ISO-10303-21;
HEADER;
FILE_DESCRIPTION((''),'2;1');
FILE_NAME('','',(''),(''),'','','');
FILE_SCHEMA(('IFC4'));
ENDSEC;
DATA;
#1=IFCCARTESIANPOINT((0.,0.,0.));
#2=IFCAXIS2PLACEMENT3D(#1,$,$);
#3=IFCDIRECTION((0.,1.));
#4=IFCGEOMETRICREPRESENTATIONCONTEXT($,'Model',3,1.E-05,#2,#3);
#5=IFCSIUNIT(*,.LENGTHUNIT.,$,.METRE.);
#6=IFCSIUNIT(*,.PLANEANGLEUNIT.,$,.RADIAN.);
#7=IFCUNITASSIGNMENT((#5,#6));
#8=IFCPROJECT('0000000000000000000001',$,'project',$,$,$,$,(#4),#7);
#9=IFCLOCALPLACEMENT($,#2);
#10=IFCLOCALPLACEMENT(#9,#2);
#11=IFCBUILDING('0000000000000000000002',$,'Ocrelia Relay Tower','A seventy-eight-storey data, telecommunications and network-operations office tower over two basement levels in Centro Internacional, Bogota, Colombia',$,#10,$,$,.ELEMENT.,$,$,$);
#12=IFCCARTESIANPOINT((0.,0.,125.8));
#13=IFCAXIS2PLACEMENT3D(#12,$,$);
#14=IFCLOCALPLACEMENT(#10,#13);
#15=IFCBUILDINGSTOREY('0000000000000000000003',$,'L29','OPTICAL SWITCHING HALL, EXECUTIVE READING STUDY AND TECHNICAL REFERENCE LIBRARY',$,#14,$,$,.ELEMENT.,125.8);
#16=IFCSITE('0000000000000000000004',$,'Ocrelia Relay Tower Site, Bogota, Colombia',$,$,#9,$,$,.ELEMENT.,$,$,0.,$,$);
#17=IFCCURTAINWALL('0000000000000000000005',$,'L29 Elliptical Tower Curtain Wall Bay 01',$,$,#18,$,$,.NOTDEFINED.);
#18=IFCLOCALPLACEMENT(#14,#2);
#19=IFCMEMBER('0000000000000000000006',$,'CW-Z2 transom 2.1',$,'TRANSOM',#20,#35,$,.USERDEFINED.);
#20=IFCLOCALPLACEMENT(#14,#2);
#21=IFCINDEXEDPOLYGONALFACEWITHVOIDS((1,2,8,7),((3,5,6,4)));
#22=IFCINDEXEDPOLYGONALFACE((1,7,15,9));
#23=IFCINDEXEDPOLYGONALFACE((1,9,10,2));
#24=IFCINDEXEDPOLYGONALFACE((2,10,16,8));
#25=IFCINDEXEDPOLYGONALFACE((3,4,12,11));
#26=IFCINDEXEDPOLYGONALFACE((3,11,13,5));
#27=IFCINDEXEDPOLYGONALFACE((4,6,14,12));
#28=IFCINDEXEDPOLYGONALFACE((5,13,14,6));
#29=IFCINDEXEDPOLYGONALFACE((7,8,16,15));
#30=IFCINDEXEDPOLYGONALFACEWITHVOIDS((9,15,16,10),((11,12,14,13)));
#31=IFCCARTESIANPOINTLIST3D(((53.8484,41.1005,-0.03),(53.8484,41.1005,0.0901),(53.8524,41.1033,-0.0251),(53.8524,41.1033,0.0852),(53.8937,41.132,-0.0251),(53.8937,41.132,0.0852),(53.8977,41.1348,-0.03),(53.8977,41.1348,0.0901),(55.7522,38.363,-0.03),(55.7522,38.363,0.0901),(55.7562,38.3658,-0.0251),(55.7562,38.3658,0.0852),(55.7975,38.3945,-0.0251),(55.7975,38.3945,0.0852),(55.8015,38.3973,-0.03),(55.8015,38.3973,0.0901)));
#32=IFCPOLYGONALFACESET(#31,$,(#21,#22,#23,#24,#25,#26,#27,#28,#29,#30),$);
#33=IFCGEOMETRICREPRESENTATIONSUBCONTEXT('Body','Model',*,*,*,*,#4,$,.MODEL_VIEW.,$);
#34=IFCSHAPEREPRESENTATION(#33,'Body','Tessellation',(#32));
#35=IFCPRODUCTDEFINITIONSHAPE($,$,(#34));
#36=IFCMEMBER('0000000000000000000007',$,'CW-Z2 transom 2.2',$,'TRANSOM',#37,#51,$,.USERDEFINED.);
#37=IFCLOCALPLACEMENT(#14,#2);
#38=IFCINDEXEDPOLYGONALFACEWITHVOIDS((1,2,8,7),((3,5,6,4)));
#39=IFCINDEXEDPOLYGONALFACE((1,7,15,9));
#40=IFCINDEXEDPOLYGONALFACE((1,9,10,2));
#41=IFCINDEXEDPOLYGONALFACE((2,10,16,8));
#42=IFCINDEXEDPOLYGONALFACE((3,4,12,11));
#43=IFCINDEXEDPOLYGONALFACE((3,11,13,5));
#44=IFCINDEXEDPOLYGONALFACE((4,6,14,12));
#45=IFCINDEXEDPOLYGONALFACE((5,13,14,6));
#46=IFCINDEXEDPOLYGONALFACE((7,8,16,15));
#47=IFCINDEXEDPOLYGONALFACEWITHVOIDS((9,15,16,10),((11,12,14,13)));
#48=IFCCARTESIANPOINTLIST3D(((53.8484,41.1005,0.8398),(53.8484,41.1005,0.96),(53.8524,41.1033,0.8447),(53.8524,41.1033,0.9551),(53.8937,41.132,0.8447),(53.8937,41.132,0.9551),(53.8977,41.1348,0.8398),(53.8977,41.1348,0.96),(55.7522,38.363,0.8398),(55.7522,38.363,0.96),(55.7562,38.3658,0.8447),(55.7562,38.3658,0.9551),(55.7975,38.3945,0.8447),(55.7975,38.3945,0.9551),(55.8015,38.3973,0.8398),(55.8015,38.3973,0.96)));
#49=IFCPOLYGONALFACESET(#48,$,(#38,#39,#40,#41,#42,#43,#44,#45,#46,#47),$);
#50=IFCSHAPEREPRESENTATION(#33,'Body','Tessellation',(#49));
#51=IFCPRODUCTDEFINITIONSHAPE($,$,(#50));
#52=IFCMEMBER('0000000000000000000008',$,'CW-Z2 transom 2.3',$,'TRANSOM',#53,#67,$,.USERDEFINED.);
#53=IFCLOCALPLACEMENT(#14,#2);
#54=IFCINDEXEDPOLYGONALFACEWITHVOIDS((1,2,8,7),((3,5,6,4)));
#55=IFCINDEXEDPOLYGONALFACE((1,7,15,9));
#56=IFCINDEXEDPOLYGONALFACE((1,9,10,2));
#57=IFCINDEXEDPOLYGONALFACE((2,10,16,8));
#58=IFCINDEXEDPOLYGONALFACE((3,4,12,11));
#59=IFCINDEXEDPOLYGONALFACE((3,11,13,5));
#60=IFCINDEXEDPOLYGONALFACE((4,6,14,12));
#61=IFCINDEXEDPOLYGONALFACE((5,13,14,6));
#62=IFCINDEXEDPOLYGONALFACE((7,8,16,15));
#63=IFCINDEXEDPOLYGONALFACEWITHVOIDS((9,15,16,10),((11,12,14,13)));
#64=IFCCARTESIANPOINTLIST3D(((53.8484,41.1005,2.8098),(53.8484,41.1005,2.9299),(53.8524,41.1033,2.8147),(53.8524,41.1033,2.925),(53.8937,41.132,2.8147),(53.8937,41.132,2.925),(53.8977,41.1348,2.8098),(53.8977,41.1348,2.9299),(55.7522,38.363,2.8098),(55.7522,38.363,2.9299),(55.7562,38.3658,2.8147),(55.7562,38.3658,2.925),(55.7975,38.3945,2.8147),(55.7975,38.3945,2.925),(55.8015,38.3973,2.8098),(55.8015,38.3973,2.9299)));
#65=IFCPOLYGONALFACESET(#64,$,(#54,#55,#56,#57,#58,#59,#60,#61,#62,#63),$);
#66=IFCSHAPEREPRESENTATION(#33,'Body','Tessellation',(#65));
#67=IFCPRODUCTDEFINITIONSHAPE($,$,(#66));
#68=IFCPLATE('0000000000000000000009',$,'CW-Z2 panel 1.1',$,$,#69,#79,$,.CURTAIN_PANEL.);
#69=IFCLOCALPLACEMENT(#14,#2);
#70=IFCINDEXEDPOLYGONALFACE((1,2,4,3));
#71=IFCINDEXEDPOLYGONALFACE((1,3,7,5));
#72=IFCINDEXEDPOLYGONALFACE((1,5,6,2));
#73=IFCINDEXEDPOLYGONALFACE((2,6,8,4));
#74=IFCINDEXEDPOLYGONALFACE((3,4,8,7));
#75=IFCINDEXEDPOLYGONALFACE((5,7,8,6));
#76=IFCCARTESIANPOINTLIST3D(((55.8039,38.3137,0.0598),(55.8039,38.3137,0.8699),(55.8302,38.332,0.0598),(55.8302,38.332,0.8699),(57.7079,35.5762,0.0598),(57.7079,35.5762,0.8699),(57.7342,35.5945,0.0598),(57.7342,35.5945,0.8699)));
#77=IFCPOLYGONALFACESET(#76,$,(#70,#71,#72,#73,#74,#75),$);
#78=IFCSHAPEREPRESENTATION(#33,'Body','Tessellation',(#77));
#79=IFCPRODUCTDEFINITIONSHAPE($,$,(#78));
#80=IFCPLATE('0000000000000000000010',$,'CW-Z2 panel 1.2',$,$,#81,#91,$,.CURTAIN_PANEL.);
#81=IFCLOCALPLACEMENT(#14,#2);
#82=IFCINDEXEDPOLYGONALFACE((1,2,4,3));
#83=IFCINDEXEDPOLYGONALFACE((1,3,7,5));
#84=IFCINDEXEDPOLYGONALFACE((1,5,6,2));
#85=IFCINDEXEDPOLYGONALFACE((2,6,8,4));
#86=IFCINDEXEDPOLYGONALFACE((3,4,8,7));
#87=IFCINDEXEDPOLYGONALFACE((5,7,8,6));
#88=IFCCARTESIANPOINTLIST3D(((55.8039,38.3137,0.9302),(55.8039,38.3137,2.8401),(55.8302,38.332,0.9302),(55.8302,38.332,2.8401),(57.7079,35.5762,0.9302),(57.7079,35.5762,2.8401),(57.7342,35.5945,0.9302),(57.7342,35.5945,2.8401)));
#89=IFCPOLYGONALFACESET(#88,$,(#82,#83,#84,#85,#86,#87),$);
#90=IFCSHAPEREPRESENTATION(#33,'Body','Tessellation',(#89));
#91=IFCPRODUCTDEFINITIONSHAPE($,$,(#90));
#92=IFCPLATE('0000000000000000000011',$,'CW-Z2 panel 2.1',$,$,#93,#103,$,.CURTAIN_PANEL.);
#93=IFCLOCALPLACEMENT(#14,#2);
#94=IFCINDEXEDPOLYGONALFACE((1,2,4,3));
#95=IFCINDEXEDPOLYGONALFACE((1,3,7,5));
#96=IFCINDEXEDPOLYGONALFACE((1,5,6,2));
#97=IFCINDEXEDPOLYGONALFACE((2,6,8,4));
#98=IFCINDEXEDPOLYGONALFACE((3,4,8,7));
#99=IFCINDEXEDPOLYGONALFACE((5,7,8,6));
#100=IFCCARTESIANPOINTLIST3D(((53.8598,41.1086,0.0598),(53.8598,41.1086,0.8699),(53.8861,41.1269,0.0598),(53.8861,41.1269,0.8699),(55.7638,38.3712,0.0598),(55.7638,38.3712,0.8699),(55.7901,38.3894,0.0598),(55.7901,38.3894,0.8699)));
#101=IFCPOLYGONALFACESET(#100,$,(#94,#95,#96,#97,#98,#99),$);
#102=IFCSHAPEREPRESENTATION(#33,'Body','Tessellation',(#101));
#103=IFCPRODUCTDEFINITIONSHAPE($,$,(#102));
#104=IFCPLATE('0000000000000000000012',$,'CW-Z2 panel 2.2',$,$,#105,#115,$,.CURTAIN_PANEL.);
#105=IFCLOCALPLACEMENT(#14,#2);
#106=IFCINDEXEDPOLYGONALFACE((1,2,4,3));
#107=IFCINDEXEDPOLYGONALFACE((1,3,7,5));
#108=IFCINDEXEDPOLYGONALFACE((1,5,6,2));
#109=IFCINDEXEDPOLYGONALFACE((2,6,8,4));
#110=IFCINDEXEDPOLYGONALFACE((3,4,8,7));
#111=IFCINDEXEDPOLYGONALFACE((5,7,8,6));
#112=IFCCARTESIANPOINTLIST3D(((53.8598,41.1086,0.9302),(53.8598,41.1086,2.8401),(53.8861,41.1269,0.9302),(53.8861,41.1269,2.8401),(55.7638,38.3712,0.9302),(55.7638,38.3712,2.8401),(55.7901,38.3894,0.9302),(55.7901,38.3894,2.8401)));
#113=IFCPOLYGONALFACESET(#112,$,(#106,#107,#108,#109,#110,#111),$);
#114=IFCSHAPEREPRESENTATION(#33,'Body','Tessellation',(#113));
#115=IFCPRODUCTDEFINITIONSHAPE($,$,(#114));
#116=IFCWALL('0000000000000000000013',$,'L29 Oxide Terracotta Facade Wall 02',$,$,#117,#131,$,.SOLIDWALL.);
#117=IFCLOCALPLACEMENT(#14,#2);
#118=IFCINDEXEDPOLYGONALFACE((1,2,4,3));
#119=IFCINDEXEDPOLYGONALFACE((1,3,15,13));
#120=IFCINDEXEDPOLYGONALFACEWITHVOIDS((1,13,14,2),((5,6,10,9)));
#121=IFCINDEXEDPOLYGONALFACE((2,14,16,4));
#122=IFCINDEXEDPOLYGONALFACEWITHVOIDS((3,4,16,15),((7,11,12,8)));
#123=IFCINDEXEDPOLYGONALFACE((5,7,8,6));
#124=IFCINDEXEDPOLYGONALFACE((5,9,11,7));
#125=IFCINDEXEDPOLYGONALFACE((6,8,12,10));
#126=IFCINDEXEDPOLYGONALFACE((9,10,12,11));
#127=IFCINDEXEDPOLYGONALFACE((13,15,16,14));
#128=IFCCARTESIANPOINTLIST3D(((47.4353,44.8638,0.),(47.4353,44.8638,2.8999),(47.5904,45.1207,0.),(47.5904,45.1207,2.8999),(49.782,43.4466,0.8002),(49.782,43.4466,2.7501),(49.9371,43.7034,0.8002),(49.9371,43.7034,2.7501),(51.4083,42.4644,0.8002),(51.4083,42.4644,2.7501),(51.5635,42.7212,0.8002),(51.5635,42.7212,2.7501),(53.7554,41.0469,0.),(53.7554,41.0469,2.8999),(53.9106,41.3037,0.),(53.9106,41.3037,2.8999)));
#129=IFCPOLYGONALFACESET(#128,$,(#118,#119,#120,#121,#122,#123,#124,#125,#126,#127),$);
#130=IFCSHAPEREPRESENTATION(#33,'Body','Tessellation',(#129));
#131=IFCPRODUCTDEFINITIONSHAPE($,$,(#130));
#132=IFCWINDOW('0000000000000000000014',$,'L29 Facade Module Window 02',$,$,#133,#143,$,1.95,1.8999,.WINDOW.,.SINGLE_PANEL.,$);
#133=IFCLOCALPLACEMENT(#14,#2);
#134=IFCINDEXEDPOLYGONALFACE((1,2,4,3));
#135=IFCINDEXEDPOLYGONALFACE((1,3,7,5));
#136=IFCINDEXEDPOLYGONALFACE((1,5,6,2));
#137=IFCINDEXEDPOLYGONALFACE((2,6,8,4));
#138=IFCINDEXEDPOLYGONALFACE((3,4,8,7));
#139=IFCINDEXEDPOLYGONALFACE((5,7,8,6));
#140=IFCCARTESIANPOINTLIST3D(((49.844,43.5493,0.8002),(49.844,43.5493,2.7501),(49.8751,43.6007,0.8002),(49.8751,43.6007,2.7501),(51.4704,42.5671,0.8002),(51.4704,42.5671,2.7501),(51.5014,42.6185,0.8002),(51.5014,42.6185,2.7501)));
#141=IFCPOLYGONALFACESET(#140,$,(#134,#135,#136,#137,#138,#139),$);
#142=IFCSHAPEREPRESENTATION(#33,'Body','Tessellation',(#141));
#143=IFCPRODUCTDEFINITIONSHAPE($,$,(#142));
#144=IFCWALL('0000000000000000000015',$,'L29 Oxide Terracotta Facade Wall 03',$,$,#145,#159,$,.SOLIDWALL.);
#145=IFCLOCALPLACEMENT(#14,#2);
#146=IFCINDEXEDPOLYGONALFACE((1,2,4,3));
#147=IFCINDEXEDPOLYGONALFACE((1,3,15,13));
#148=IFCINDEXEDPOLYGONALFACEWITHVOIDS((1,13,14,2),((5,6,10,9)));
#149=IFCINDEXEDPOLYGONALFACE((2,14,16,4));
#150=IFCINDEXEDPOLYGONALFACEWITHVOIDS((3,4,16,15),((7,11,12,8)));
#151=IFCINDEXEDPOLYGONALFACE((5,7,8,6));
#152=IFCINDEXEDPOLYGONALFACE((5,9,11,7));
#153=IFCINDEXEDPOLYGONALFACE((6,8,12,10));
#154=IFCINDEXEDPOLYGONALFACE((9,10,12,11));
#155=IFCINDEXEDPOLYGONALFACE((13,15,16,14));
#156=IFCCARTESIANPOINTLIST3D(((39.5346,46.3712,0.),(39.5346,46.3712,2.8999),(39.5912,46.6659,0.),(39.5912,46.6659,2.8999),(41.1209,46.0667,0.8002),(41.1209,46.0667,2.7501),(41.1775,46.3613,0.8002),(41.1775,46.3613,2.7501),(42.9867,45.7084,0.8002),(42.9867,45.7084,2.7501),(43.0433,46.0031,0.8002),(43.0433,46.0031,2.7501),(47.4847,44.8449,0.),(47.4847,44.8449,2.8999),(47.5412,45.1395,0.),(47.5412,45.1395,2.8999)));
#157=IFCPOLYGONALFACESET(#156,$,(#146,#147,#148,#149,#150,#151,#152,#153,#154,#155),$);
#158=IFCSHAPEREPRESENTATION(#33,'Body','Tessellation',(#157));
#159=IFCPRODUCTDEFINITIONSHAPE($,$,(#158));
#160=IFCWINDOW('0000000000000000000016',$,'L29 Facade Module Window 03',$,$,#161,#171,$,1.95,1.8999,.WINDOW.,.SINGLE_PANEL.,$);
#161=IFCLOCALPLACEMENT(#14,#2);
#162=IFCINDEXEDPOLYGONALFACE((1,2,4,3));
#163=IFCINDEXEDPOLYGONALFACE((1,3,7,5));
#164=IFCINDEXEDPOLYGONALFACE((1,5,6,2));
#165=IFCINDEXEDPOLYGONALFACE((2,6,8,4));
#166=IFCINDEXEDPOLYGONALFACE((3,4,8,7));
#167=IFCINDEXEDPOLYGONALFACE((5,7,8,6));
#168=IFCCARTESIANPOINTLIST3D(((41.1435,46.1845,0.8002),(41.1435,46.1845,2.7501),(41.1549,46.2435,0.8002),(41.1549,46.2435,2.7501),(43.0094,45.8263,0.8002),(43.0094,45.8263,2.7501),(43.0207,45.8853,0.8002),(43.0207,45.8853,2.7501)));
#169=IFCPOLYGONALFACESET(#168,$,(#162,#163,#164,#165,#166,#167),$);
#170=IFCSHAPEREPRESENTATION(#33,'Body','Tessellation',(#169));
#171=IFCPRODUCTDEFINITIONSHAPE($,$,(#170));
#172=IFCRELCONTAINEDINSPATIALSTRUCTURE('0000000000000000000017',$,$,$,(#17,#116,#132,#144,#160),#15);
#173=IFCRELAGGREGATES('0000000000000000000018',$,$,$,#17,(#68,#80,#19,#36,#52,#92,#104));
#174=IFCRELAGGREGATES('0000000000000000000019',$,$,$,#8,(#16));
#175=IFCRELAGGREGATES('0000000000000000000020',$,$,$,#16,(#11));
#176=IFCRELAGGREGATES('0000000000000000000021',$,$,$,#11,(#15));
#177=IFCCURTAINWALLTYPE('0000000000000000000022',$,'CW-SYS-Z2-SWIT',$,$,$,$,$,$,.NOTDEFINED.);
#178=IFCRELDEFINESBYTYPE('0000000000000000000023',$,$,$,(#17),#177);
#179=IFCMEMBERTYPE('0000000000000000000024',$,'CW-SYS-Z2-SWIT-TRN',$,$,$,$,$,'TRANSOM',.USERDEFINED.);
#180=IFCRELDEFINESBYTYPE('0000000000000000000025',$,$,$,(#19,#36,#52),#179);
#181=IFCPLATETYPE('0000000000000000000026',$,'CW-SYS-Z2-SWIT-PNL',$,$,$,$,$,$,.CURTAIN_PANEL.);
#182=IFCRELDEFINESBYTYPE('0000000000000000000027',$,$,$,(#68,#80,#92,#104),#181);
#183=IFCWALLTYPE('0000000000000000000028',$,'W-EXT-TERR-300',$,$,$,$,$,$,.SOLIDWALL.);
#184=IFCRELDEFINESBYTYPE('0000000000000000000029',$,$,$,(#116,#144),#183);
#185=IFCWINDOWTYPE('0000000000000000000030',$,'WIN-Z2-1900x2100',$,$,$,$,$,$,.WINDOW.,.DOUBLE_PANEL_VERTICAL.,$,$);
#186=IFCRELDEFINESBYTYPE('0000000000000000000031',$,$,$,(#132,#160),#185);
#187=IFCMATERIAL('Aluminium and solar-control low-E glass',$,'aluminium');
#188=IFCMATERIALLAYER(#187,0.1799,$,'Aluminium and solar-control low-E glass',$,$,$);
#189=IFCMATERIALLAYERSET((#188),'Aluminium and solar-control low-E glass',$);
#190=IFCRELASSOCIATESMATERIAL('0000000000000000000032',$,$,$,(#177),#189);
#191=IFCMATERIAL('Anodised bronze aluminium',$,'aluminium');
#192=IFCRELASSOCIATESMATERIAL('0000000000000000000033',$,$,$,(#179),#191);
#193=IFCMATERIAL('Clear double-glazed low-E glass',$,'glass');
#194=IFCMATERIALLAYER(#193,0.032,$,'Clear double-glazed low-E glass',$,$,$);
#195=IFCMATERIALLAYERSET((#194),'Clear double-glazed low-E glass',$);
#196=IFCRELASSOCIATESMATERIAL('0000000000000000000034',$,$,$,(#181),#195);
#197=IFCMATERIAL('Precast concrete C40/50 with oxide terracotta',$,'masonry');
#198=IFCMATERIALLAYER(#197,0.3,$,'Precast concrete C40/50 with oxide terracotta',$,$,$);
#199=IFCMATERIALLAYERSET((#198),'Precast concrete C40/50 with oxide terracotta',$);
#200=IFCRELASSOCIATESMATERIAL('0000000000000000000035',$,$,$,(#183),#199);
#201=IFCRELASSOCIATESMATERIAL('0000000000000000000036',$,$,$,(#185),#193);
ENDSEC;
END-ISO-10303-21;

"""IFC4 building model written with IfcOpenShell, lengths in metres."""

from ifc_helpers import new_model, si_unit, direction, frame, frame_2d, origin, origin_2d, place, context, subcontext, project, spatial, rectangle, hollow_rectangle, extrude, material, layer, layer_set, material_profile, profile_set, type_object, element, fill, aggregate, save


model = new_model("IFC4")

# Units and contexts
model_context = context("Model", 3, precision=1e-05, world=origin(), true_north=direction((0.0, 1.0)))
body_context = subcontext(model_context, "Body", "Model", "MODEL_VIEW")
ifc_project = project(units=[si_unit("LENGTHUNIT", "METRE"), si_unit("PLANEANGLEUNIT", "RADIAN")], contexts=[model_context])

# Site, building, storey
site_placement = place(None, origin())
site = spatial("IfcSite", under=ifc_project, at=site_placement, Name="Ocrelia Relay Tower Site, Bogota, Colombia", CompositionType="ELEMENT", RefElevation=0.0)
building_placement = place(site_placement, origin())
building = spatial("IfcBuilding", under=site, at=building_placement, Name="Ocrelia Relay Tower", Description="A seventy-eight-storey data, telecommunications and network-operations office tower over two basement levels in Centro Internacional, Bogota, Colombia", CompositionType="ELEMENT")
storey_placement = place(building_placement, frame((0.0, 0.0, 125.8)))
storey = spatial("IfcBuildingStorey", under=building, at=storey_placement, Name="L29", Description="OPTICAL SWITCHING HALL, EXECUTIVE READING STUDY AND TECHNICAL REFERENCE LIBRARY", CompositionType="ELEMENT", Elevation=125.8)

# Curtain wall, members, plates
ifc_material_1 = material(Name="Aluminium and solar-control low-E glass", Category="aluminium")
ifc_layer_1 = layer(ifc_material_1, 0.1799, Name="Aluminium and solar-control low-E glass")
ifc_layer_set_1 = layer_set([ifc_layer_1], Name="Aluminium and solar-control low-E glass")
curtain_wall_type = type_object("IfcCurtainWallType", Name="CW-SYS-Z2-SWIT", PredefinedType="NOTDEFINED", material=ifc_layer_set_1)
curtain_wall_placement = place(storey_placement, origin())
curtain_wall = element("IfcCurtainWall", 1, at=curtain_wall_placement, inside=storey, type_object=curtain_wall_type, Name="L29 Elliptical Tower Curtain Wall Bay 01", PredefinedType="NOTDEFINED")
ifc_material_2 = material(Name="Anodised bronze aluminium", Category="aluminium")
ifc_material_profile_1 = material_profile(ifc_material_2, hollow_rectangle(XDim=0.0601, YDim=0.1201, WallThickness=0.0049, at=origin_2d()), Name="CW-TRN-120x60")
ifc_profile_set_1 = profile_set([ifc_material_profile_1], Name="Anodised bronze aluminium")
member_type_1 = type_object("IfcMemberType", Name="CW-SYS-Z2-SWIT-TRN", ElementType="TRANSOM", PredefinedType="USERDEFINED", material=ifc_profile_set_1)
member_1_placement = place(storey_placement, frame((55.7769, 38.3801, 0.03), z_axis=(-0.570949, 0.820986, 0.0), x_axis=(-0.820986, -0.570949, 0.0)))
member_1 = element("IfcMember", 2, at=member_1_placement, type_object=member_type_1, Name="CW-Z2 transom 2.1", ObjectType="TRANSOM", PredefinedType="USERDEFINED", context=body_context, shape_type="SweptSolid", body=[
    extrude(hollow_rectangle(XDim=0.0601, YDim=0.1201, WallThickness=0.0049, at=origin_2d()), origin(), (0.0, 0.0, 1.0), 3.3345),
])
member_2_placement = place(storey_placement, frame((55.7769, 38.3801, 0.8999), z_axis=(-0.570949, 0.820986, 0.0), x_axis=(-0.820986, -0.570949, 0.0)))
member_2 = element("IfcMember", 3, at=member_2_placement, type_object=member_type_1, Name="CW-Z2 transom 2.2", ObjectType="TRANSOM", PredefinedType="USERDEFINED", context=body_context, shape_type="SweptSolid", body=[
    extrude(hollow_rectangle(XDim=0.0601, YDim=0.1201, WallThickness=0.0049, at=origin_2d()), origin(), (0.0, 0.0, 1.0), 3.3345),
])
member_3_placement = place(storey_placement, frame((55.7769, 38.3801, 2.8699), z_axis=(-0.570949, 0.820986, 0.0), x_axis=(-0.820986, -0.570949, 0.0)))
member_3 = element("IfcMember", 4, at=member_3_placement, type_object=member_type_1, Name="CW-Z2 transom 2.3", ObjectType="TRANSOM", PredefinedType="USERDEFINED", context=body_context, shape_type="SweptSolid", body=[
    extrude(hollow_rectangle(XDim=0.0601, YDim=0.1201, WallThickness=0.0049, at=origin_2d()), origin(), (0.0, 0.0, 1.0), 3.3345),
])
ifc_material_3 = material(Name="Clear double-glazed low-E glass", Category="glass")
ifc_layer_2 = layer(ifc_material_3, 0.032, Name="Clear double-glazed low-E glass")
ifc_layer_set_2 = layer_set([ifc_layer_2], Name="Clear double-glazed low-E glass")
plate_type = type_object("IfcPlateType", Name="CW-SYS-Z2-SWIT-PNL", PredefinedType="CURTAIN_PANEL", material=ifc_layer_set_2)
plate_1_placement = place(storey_placement, frame((56.769, 36.9541, 0.0598), z_axis=(0.0, 0.0, 1.0), x_axis=(-0.570993, 0.820955, 0.0)))
plate_1 = element("IfcPlate", 5, at=plate_1_placement, type_object=plate_type, Name="CW-Z2 panel 1.1", PredefinedType="CURTAIN_PANEL", context=body_context, shape_type="SweptSolid", body=[
    extrude(rectangle(XDim=3.3345, YDim=0.032, at=origin_2d()), origin(), (0.0, 0.0, 1.0), 0.8101),
])
plate_2_placement = place(storey_placement, frame((56.769, 36.9541, 0.9302), z_axis=(0.0, 0.0, 1.0), x_axis=(-0.570993, 0.820955, 0.0)))
plate_2 = element("IfcPlate", 6, at=plate_2_placement, type_object=plate_type, Name="CW-Z2 panel 1.2", PredefinedType="CURTAIN_PANEL", context=body_context, shape_type="SweptSolid", body=[
    extrude(rectangle(XDim=3.3345, YDim=0.032, at=origin_2d()), origin(), (0.0, 0.0, 1.0), 1.9099),
])
plate_3_placement = place(storey_placement, frame((54.825, 39.749, 0.0598), z_axis=(0.0, 0.0, 1.0), x_axis=(-0.570993, 0.820955, 0.0)))
plate_3 = element("IfcPlate", 7, at=plate_3_placement, type_object=plate_type, Name="CW-Z2 panel 2.1", PredefinedType="CURTAIN_PANEL", context=body_context, shape_type="SweptSolid", body=[
    extrude(rectangle(XDim=3.3345, YDim=0.032, at=origin_2d()), origin(), (0.0, 0.0, 1.0), 0.8101),
])
plate_4_placement = place(storey_placement, frame((54.825, 39.749, 0.9302), z_axis=(0.0, 0.0, 1.0), x_axis=(-0.570993, 0.820955, 0.0)))
plate_4 = element("IfcPlate", 8, at=plate_4_placement, type_object=plate_type, Name="CW-Z2 panel 2.2", PredefinedType="CURTAIN_PANEL", context=body_context, shape_type="SweptSolid", body=[
    extrude(rectangle(XDim=3.3345, YDim=0.032, at=origin_2d()), origin(), (0.0, 0.0, 1.0), 1.9099),
])
aggregate(curtain_wall, [plate_1, plate_2, member_1, member_2, member_3, plate_3, plate_4])

# Walls, openings, windows
ifc_material_4 = material(Name="Precast concrete C40/50 with oxide terracotta", Category="masonry")
ifc_layer_3 = layer(ifc_material_4, 0.3, Name="Precast concrete C40/50 with oxide terracotta")
ifc_layer_set_3 = layer_set([ifc_layer_3], Name="Precast concrete C40/50 with oxide terracotta")
wall_type = type_object("IfcWallType", Name="W-EXT-TERR-300", PredefinedType="SOLIDWALL", material=ifc_layer_set_3)
wall_1_placement = place(storey_placement, frame((53.833, 41.1753, 0.0), z_axis=(0.0, 0.0, 1.0), x_axis=(-0.856004, 0.516969, 0.0)))
wall_1 = element("IfcWall", 9, at=wall_1_placement, inside=storey, type_object=wall_type, Name="L29 Oxide Terracotta Facade Wall 02", PredefinedType="SOLIDWALL", context=body_context, shape_type="SweptSolid", body=[
    extrude(rectangle(XDim=7.3833, YDim=0.3, at=frame_2d((3.6917, 0.0))), origin(), (0.0, 0.0, 1.0), 2.8999),
])
opening_1_placement = place(wall_1_placement, frame((2.7419, 0.0, 0.8)))
opening_1 = element("IfcOpeningElement", 10, at=opening_1_placement, cuts=wall_1, PredefinedType="OPENING", context=body_context, shape_type="SweptSolid", body=[
    extrude(rectangle(XDim=1.8999, YDim=1.95, at=frame_2d((0.95, 0.9751))), frame((0.0, 0.1602, 0.0), z_axis=(0.0, -1.0, 0.0), x_axis=(1.0, 0.0, 0.0)), (0.0, 0.0, 1.0), 0.3201),
])
window_type = type_object("IfcWindowType", Name="WIN-Z2-1900x2100", PartitioningType="DOUBLE_PANEL_VERTICAL", PredefinedType="WINDOW", material=ifc_material_3)
window_1_placement = place(opening_1_placement, origin())
window_1 = element("IfcWindow", 11, at=window_1_placement, inside=storey, type_object=window_type, Name="L29 Facade Module Window 02", OverallHeight=1.95, OverallWidth=1.8999, PartitioningType="SINGLE_PANEL", PredefinedType="WINDOW", context=body_context, shape_type="SweptSolid", body=[
    extrude(rectangle(XDim=1.8999, YDim=1.95, at=frame_2d((0.95, 0.9751))), frame((0.0, 0.03, 0.0), z_axis=(0.0, -1.0, 0.0), x_axis=(1.0, 0.0, 0.0)), (0.0, 0.0, 1.0), 0.0601),
])
fill(opening_1, window_1)
wall_2_placement = place(storey_placement, frame((47.5129, 44.9922, 0.0), z_axis=(0.0, 0.0, 1.0), x_axis=(-0.982063, 0.188553, 0.0)))
wall_2 = element("IfcWall", 12, at=wall_2_placement, inside=storey, type_object=wall_type, Name="L29 Oxide Terracotta Facade Wall 03", PredefinedType="SOLIDWALL", context=body_context, shape_type="SweptSolid", body=[
    extrude(rectangle(XDim=8.0952, YDim=0.3, at=frame_2d((4.0476, 0.0))), origin(), (0.0, 0.0, 1.0), 2.8999),
])
opening_2_placement = place(wall_2_placement, frame((4.5801, 0.0, 0.8)))
opening_2 = element("IfcOpeningElement", 13, at=opening_2_placement, cuts=wall_2, PredefinedType="OPENING", context=body_context, shape_type="SweptSolid", body=[
    extrude(rectangle(XDim=1.8999, YDim=1.95, at=frame_2d((0.95, 0.9751))), frame((0.0, 0.1602, 0.0), z_axis=(0.0, -1.0, 0.0), x_axis=(1.0, 0.0, 0.0)), (0.0, 0.0, 1.0), 0.3201),
])
window_2_placement = place(opening_2_placement, origin())
window_2 = element("IfcWindow", 14, at=window_2_placement, inside=storey, type_object=window_type, Name="L29 Facade Module Window 03", OverallHeight=1.95, OverallWidth=1.8999, PartitioningType="SINGLE_PANEL", PredefinedType="WINDOW", context=body_context, shape_type="SweptSolid", body=[
    extrude(rectangle(XDim=1.8999, YDim=1.95, at=frame_2d((0.95, 0.9751))), frame((0.0, 0.03, 0.0), z_axis=(0.0, -1.0, 0.0), x_axis=(1.0, 0.0, 0.0)), (0.0, 0.0, 1.0), 0.0601),
])
fill(opening_2, window_2)

save(model, "model.ifc")
